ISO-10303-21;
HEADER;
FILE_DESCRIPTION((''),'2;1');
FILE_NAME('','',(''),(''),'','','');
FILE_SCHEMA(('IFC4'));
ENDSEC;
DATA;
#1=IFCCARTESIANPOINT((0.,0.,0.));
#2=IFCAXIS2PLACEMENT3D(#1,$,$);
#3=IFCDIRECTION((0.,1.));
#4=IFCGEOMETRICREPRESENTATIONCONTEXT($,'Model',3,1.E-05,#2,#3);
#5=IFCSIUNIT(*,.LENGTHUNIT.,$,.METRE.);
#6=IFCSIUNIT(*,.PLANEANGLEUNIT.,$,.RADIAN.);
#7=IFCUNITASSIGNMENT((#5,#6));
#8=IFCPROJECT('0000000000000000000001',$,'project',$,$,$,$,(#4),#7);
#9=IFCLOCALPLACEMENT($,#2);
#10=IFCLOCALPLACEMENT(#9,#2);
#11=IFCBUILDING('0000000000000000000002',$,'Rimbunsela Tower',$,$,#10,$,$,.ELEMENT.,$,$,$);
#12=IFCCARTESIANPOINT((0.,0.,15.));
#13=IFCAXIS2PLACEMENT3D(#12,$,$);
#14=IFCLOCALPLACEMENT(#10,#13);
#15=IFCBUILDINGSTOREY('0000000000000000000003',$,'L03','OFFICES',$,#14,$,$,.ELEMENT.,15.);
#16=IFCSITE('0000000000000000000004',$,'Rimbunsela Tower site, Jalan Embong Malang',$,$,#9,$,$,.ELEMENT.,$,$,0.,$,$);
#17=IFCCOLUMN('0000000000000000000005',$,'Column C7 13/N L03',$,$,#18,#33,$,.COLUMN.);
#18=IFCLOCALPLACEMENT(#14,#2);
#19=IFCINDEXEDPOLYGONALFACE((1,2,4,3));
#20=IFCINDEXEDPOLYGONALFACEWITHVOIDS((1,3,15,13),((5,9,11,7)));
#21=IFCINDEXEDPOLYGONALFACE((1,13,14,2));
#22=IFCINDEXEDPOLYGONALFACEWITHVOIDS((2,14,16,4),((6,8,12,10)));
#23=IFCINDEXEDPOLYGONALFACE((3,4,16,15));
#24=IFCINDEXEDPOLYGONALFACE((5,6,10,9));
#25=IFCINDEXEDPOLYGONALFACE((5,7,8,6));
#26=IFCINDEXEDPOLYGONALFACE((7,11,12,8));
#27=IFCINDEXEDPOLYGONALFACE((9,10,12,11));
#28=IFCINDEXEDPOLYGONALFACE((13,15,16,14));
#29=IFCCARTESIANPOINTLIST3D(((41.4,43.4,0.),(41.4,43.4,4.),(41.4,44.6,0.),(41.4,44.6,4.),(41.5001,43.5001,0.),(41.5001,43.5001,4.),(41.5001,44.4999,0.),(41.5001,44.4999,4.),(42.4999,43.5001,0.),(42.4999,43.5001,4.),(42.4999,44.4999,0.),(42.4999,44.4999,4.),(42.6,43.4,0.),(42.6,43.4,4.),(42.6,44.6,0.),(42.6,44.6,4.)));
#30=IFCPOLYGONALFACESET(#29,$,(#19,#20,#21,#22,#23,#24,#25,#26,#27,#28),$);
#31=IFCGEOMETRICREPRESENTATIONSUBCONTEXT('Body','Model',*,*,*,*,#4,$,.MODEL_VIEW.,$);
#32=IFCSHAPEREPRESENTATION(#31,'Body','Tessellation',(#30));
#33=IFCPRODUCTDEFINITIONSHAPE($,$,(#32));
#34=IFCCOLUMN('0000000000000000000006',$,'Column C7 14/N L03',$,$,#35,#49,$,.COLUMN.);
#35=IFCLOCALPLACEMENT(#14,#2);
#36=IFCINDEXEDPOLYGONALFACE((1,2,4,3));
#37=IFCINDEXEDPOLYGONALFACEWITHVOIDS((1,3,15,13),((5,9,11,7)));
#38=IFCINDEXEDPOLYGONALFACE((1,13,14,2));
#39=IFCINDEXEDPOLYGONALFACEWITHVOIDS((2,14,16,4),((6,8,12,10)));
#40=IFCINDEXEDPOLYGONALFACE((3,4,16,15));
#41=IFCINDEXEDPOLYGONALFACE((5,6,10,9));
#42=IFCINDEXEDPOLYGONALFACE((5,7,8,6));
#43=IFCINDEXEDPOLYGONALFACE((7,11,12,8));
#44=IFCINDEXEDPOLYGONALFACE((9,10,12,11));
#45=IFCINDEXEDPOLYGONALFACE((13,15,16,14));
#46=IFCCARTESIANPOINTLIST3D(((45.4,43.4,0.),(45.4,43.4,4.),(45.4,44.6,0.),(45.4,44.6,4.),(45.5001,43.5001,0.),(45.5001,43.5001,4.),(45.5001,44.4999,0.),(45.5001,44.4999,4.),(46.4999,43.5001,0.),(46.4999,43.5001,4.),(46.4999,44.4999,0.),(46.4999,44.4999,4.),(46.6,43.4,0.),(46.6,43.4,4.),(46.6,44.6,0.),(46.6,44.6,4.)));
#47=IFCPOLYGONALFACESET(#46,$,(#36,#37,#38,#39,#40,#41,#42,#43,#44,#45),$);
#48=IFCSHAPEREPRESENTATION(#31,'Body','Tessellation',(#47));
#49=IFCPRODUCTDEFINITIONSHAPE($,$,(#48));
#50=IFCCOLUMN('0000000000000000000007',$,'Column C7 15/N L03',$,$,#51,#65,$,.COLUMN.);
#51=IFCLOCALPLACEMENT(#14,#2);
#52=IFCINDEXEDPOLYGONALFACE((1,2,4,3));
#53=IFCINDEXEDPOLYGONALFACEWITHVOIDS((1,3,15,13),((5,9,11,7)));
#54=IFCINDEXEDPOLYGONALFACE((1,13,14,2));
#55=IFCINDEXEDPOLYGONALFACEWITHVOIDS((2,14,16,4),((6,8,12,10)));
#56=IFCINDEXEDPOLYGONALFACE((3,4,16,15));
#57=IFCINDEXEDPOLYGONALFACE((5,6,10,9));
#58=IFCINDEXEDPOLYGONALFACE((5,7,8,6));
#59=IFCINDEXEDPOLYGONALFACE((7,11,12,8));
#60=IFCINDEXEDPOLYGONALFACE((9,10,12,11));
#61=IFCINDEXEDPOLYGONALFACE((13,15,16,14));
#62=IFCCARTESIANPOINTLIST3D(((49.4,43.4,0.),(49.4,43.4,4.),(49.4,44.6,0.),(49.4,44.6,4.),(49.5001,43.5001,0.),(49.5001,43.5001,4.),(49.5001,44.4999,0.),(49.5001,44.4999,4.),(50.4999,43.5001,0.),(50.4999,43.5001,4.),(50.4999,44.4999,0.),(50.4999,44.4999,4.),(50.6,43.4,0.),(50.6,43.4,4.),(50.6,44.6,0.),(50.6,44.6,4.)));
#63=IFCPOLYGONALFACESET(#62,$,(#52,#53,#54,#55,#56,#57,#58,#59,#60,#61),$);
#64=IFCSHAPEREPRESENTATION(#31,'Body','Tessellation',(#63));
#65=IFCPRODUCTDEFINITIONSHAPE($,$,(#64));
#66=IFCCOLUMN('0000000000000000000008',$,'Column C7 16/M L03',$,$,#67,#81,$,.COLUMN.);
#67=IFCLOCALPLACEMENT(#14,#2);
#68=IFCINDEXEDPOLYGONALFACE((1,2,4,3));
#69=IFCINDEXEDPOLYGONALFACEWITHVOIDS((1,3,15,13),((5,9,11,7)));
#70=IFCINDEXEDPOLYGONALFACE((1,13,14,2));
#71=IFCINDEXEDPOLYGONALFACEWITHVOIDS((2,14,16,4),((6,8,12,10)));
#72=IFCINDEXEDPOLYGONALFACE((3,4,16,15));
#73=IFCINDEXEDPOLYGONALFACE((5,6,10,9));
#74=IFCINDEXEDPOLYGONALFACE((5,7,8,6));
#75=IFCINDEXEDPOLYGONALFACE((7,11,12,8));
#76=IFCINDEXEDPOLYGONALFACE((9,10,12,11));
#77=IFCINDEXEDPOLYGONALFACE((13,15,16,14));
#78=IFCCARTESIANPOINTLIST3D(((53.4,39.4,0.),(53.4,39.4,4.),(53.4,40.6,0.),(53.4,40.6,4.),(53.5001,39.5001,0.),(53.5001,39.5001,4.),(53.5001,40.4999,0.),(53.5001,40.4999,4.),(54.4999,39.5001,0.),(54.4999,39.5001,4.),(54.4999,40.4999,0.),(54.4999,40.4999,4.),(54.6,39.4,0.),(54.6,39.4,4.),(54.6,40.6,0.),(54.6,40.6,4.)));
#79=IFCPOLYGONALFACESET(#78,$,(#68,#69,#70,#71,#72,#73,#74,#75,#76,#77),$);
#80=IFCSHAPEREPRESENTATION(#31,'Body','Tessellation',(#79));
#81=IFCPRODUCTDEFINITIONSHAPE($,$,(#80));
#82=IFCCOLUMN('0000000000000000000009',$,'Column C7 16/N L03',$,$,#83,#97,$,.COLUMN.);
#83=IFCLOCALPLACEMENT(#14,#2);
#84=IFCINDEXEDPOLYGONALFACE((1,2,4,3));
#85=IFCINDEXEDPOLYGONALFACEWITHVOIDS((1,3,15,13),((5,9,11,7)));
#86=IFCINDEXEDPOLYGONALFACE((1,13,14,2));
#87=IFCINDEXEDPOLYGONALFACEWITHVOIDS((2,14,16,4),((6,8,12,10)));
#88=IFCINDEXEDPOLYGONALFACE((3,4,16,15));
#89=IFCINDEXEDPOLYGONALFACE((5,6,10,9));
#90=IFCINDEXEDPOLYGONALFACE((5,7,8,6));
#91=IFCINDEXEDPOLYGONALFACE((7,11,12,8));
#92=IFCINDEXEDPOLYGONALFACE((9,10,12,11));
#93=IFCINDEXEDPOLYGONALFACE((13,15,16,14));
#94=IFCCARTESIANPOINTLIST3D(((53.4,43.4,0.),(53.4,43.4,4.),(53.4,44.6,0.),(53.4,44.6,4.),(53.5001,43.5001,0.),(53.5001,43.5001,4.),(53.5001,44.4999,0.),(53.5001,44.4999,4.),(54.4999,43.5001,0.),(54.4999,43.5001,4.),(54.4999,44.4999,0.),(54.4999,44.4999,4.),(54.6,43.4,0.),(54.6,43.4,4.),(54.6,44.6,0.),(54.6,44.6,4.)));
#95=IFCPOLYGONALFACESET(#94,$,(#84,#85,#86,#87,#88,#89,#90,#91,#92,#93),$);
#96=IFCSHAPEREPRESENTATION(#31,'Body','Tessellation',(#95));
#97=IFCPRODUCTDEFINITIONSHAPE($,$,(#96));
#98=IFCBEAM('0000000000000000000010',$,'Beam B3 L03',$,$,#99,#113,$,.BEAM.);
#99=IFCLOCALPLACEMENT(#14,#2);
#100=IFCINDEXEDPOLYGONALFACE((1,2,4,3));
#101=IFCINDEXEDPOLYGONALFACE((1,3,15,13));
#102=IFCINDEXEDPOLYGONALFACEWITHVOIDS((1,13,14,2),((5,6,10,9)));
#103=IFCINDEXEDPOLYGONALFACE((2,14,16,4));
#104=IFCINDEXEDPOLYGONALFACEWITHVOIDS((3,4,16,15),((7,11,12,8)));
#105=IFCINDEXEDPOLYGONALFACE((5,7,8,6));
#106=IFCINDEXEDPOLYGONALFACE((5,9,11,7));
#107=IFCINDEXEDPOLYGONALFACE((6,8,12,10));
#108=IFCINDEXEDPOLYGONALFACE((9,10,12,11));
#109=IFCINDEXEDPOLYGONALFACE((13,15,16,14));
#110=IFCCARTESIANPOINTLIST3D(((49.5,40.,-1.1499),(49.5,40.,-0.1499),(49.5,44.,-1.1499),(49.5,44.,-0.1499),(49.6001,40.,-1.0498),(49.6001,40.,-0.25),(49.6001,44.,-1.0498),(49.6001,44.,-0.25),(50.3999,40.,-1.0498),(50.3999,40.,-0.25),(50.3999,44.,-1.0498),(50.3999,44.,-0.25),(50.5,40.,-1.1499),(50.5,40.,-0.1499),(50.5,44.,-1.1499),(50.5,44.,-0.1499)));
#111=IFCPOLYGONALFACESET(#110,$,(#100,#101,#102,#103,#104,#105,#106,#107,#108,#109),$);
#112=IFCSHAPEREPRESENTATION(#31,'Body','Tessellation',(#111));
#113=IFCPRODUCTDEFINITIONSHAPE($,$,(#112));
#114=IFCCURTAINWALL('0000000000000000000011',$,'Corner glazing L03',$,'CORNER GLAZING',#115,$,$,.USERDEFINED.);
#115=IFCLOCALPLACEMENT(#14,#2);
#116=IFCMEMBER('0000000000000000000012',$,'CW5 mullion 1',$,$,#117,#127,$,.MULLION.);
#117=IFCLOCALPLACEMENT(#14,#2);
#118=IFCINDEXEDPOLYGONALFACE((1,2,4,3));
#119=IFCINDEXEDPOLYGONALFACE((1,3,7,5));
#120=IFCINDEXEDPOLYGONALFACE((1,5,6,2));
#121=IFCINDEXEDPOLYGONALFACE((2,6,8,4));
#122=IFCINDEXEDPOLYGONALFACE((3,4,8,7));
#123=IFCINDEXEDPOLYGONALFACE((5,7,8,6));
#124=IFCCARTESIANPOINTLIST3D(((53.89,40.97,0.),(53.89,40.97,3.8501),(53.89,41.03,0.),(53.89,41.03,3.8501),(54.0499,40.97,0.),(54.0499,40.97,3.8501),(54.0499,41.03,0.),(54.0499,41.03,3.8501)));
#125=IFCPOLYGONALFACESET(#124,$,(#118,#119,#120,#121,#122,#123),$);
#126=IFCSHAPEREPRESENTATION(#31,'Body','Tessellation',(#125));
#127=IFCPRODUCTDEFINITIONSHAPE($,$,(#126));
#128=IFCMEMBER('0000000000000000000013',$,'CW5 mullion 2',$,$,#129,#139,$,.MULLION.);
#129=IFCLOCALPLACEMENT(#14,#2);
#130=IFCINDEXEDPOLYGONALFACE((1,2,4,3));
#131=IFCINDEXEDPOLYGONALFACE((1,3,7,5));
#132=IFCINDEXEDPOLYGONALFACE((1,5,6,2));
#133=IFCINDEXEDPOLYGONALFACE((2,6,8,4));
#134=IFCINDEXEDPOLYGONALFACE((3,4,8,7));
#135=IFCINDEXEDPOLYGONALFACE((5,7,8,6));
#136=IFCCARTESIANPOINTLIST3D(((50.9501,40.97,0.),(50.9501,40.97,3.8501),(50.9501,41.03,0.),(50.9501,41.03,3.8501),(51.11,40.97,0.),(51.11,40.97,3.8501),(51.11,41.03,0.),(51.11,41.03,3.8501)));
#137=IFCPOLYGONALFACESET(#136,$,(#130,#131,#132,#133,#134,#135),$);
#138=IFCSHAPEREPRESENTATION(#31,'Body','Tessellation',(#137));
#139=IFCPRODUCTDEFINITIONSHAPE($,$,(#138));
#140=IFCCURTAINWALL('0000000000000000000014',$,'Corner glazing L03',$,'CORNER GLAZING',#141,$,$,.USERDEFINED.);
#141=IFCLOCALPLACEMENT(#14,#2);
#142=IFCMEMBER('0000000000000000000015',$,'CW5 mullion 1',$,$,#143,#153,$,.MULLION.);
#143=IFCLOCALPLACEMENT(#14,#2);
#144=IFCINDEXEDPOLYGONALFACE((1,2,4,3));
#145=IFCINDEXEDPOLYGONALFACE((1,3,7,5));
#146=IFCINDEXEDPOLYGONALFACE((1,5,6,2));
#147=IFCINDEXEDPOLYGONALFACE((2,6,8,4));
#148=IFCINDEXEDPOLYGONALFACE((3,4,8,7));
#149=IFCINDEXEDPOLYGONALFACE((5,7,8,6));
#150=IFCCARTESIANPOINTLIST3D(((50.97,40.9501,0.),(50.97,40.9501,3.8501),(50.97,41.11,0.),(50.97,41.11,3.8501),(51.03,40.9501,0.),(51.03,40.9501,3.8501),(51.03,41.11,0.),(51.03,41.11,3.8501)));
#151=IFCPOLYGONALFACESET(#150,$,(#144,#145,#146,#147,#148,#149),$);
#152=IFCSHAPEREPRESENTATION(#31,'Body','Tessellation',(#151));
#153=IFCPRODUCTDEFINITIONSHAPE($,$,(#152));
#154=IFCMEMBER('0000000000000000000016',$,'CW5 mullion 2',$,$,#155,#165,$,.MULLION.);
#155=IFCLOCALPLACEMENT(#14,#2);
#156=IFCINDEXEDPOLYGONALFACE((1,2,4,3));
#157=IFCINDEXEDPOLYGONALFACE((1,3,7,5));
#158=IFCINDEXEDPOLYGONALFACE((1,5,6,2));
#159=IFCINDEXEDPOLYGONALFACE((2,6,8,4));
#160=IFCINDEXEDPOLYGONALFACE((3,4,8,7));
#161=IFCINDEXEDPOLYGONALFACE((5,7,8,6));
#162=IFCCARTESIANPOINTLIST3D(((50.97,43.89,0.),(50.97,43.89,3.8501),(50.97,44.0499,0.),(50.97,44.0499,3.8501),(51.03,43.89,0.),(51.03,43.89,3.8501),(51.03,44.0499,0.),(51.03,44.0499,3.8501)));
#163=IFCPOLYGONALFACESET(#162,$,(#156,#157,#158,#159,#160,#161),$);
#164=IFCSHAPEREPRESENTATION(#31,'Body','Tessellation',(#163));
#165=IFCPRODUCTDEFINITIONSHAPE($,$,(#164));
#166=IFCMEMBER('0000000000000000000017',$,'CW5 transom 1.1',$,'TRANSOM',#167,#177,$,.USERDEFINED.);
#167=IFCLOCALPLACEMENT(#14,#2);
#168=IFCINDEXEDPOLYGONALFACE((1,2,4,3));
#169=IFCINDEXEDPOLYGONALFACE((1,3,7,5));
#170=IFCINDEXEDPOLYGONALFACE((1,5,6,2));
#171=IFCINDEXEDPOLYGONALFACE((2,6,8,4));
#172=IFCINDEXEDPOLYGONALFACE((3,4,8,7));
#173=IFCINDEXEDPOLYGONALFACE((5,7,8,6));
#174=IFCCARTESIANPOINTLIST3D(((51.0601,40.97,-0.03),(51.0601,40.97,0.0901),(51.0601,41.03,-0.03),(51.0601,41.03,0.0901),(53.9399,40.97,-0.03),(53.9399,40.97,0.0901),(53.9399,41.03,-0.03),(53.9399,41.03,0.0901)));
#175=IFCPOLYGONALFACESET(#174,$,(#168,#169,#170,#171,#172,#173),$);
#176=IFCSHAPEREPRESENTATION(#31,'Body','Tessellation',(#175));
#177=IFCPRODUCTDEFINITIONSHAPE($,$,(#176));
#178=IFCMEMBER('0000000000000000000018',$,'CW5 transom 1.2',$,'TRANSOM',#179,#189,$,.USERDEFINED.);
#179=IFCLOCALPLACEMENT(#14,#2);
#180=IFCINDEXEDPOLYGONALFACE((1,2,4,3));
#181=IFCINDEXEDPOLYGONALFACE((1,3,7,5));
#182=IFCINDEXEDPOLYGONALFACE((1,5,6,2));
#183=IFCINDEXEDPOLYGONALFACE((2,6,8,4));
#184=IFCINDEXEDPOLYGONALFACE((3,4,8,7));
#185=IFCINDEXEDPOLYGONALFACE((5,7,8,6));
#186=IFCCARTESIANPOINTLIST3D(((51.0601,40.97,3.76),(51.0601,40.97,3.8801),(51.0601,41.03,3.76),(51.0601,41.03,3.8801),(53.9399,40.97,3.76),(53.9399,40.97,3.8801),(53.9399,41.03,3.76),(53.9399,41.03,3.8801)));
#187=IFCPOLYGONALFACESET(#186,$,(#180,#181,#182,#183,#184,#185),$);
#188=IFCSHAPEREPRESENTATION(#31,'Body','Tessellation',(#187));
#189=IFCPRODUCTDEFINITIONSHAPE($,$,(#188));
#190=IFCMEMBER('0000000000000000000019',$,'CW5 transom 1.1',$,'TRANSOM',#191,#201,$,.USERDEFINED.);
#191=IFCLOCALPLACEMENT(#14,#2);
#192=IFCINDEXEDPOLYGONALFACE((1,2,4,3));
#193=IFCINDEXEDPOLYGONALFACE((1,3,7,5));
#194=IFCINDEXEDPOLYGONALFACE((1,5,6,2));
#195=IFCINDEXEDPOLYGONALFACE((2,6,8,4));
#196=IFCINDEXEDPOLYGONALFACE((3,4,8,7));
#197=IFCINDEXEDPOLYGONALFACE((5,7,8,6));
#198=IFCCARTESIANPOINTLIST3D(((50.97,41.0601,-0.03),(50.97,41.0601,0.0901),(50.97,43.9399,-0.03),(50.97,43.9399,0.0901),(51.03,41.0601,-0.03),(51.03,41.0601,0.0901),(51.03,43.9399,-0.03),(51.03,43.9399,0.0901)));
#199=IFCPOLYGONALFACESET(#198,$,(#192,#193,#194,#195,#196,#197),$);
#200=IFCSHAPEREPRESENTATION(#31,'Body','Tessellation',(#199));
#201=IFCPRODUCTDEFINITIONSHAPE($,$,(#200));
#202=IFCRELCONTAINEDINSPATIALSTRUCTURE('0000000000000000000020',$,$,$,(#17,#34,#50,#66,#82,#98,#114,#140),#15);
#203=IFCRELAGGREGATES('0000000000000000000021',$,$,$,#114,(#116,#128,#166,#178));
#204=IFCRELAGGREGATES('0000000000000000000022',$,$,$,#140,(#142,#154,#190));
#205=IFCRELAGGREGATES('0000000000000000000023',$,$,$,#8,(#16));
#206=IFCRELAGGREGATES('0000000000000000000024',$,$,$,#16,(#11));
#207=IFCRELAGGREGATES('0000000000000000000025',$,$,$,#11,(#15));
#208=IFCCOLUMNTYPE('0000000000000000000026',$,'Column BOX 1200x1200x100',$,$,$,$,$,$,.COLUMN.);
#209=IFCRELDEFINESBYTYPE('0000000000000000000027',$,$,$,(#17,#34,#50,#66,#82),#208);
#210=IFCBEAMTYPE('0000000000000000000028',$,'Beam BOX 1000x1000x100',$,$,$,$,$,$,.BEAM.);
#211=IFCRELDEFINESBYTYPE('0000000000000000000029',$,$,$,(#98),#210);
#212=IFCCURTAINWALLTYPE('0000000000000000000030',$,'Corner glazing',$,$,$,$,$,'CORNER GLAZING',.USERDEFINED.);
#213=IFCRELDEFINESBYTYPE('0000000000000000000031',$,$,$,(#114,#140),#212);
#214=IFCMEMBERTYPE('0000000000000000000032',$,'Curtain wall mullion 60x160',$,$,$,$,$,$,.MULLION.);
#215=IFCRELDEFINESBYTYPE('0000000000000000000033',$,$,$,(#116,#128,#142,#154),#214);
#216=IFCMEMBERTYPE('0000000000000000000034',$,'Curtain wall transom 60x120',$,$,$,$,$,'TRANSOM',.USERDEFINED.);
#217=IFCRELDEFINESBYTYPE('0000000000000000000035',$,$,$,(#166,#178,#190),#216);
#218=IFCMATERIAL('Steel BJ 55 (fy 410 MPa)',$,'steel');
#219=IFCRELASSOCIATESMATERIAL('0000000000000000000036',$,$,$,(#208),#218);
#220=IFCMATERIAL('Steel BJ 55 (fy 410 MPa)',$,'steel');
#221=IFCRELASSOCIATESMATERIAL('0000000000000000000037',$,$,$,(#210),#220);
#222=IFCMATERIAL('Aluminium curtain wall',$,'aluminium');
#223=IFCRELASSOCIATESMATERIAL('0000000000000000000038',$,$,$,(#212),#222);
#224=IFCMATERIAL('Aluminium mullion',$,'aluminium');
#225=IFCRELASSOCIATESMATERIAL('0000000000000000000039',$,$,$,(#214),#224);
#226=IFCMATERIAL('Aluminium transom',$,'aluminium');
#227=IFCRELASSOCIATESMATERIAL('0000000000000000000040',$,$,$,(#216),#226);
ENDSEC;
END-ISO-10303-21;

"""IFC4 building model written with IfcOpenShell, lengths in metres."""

from ifc_helpers import new_model, si_unit, direction, frame, origin, origin_2d, place, context, subcontext, project, spatial, rectangle, hollow_rectangle, extrude, material, material_profile, profile_set, type_object, element, aggregate, save


model = new_model("IFC4")

# Units and contexts
model_context = context("Model", 3, precision=1e-05, world=origin(), true_north=direction((0.0, 1.0)))
body_context = subcontext(model_context, "Body", "Model", "MODEL_VIEW")
ifc_project = project(units=[si_unit("LENGTHUNIT", "METRE"), si_unit("PLANEANGLEUNIT", "RADIAN")], contexts=[model_context])

# Site, building, storey
site_placement = place(None, origin())
site = spatial("IfcSite", under=ifc_project, at=site_placement, Name="Rimbunsela Tower site, Jalan Embong Malang", CompositionType="ELEMENT", RefElevation=0.0)
building_placement = place(site_placement, origin())
building = spatial("IfcBuilding", under=site, at=building_placement, Name="Rimbunsela Tower", CompositionType="ELEMENT")
storey_placement = place(building_placement, frame((0.0, 0.0, 15.0)))
storey = spatial("IfcBuildingStorey", under=building, at=storey_placement, Name="L03", Description="OFFICES", CompositionType="ELEMENT", Elevation=15.0)

# Columns
ifc_material_1 = material(Name="Steel BJ 55 (fy 410 MPa)", Category="steel")
ifc_material_profile_1 = material_profile(ifc_material_1, hollow_rectangle(XDim=1.2, YDim=1.2, WallThickness=0.1001, at=origin_2d()), Name="BOX 1200x1200x100")
ifc_profile_set_1 = profile_set([ifc_material_profile_1], Name="Steel BJ 55 (fy 410 MPa)")
column_type = type_object("IfcColumnType", Name="Column BOX 1200x1200x100", PredefinedType="COLUMN", material=ifc_profile_set_1)
for number, where, z_axis, x_axis, name in (
    (1, (42.0, 44.0, 0.0), (0.0, 0.0, 1.0), (1.0, 0.0, 0.0), "Column C7 13/N L03"),
    (2, (46.0, 44.0, 0.0), (0.0, 0.0, 1.0), (1.0, 0.0, 0.0), "Column C7 14/N L03"),
    (3, (50.0, 44.0, 0.0), (0.0, 0.0, 1.0), (1.0, 0.0, 0.0), "Column C7 15/N L03"),
    (4, (54.0, 40.0, 0.0), (0.0, 0.0, 1.0), (1.0, 0.0, 0.0), "Column C7 16/M L03"),
    (5, (54.0, 44.0, 0.0), (0.0, 0.0, 1.0), (1.0, 0.0, 0.0), "Column C7 16/N L03"),
):
    element("IfcColumn", number, at=place(storey_placement, frame(where, z_axis=z_axis, x_axis=x_axis)), inside=storey, type_object=column_type, Name=name, PredefinedType="COLUMN", context=body_context, shape_type="SweptSolid", body=[
        extrude(hollow_rectangle(XDim=1.2, YDim=1.2, WallThickness=0.1001, at=origin_2d()), origin(), (0.0, 0.0, 1.0), 4.0),
    ])

# Beam
ifc_material_2 = material(Name="Steel BJ 55 (fy 410 MPa)", Category="steel")
ifc_material_profile_2 = material_profile(ifc_material_2, hollow_rectangle(XDim=1.0, YDim=1.0, WallThickness=0.1001, at=origin_2d()), Name="BOX 1000x1000x100")
ifc_profile_set_2 = profile_set([ifc_material_profile_2], Name="Steel BJ 55 (fy 410 MPa)")
beam_type = type_object("IfcBeamType", Name="Beam BOX 1000x1000x100", PredefinedType="BEAM", material=ifc_profile_set_2)
beam_placement = place(storey_placement, frame((50.0, 40.0, -0.6499), z_axis=(0.0, 1.0, 0.0), x_axis=(-1.0, 0.0, 0.0)))
element("IfcBeam", 6, at=beam_placement, inside=storey, type_object=beam_type, Name="Beam B3 L03", PredefinedType="BEAM", context=body_context, shape_type="SweptSolid", body=[
    extrude(hollow_rectangle(XDim=1.0, YDim=1.0, WallThickness=0.1001, at=origin_2d()), origin(), (0.0, 0.0, 1.0), 4.0),
])

# Curtain walls, members
ifc_material_3 = material(Name="Aluminium curtain wall", Category="aluminium")
curtain_wall_type = type_object("IfcCurtainWallType", Name="Corner glazing", ElementType="CORNER GLAZING", PredefinedType="USERDEFINED", material=ifc_material_3)
curtain_wall_1_placement = place(storey_placement, origin())
curtain_wall_1 = element("IfcCurtainWall", 7, at=curtain_wall_1_placement, inside=storey, type_object=curtain_wall_type, Name="Corner glazing L03", ObjectType="CORNER GLAZING", PredefinedType="USERDEFINED")
ifc_material_4 = material(Name="Aluminium mullion", Category="aluminium")
ifc_material_profile_3 = material_profile(ifc_material_4, rectangle(XDim=0.0601, YDim=0.1599, at=origin_2d()), Name="Mullion 60x160")
ifc_profile_set_3 = profile_set([ifc_material_profile_3], Name="Aluminium mullion")
member_type_1 = type_object("IfcMemberType", Name="Curtain wall mullion 60x160", PredefinedType="MULLION", material=ifc_profile_set_3)
member_1_placement = place(storey_placement, frame((53.97, 41.0, 0.0), z_axis=(0.0, 0.0, 1.0), x_axis=(0.0, -1.0, 0.0)))
member_1 = element("IfcMember", 8, at=member_1_placement, type_object=member_type_1, Name="CW5 mullion 1", PredefinedType="MULLION", context=body_context, shape_type="SweptSolid", body=[
    extrude(rectangle(XDim=0.0601, YDim=0.1599, at=origin_2d()), origin(), (0.0, 0.0, 1.0), 3.8501),
])
member_2_placement = place(storey_placement, frame((51.03, 41.0, 0.0), z_axis=(0.0, 0.0, 1.0), x_axis=(0.0, -1.0, 0.0)))
member_2 = element("IfcMember", 9, at=member_2_placement, type_object=member_type_1, Name="CW5 mullion 2", PredefinedType="MULLION", context=body_context, shape_type="SweptSolid", body=[
    extrude(rectangle(XDim=0.0601, YDim=0.1599, at=origin_2d()), origin(), (0.0, 0.0, 1.0), 3.8501),
])
curtain_wall_2_placement = place(storey_placement, origin())
curtain_wall_2 = element("IfcCurtainWall", 10, at=curtain_wall_2_placement, inside=storey, type_object=curtain_wall_type, Name="Corner glazing L03", ObjectType="CORNER GLAZING", PredefinedType="USERDEFINED")
member_3_placement = place(storey_placement, frame((51.0, 41.03, 0.0), z_axis=(0.0, 0.0, 1.0), x_axis=(-1.0, 0.0, 0.0)))
member_3 = element("IfcMember", 11, at=member_3_placement, type_object=member_type_1, Name="CW5 mullion 1", PredefinedType="MULLION", context=body_context, shape_type="SweptSolid", body=[
    extrude(rectangle(XDim=0.0601, YDim=0.1599, at=origin_2d()), origin(), (0.0, 0.0, 1.0), 3.8501),
])
member_4_placement = place(storey_placement, frame((51.0, 43.97, 0.0), z_axis=(0.0, 0.0, 1.0), x_axis=(-1.0, 0.0, 0.0)))
member_4 = element("IfcMember", 12, at=member_4_placement, type_object=member_type_1, Name="CW5 mullion 2", PredefinedType="MULLION", context=body_context, shape_type="SweptSolid", body=[
    extrude(rectangle(XDim=0.0601, YDim=0.1599, at=origin_2d()), origin(), (0.0, 0.0, 1.0), 3.8501),
])

# Members
ifc_material_5 = material(Name="Aluminium transom", Category="aluminium")
ifc_material_profile_4 = material_profile(ifc_material_5, rectangle(XDim=0.0601, YDim=0.1201, at=origin_2d()), Name="Transom 60x120")
ifc_profile_set_4 = profile_set([ifc_material_profile_4], Name="Aluminium transom")
member_type_2 = type_object("IfcMemberType", Name="Curtain wall transom 60x120", ElementType="TRANSOM", PredefinedType="USERDEFINED", material=ifc_profile_set_4)
member_5_placement = place(storey_placement, frame((53.9399, 41.0, 0.03), z_axis=(-1.0, 0.0, 0.0), x_axis=(0.0, -1.0, 0.0)))
member_5 = element("IfcMember", 13, at=member_5_placement, type_object=member_type_2, Name="CW5 transom 1.1", ObjectType="TRANSOM", PredefinedType="USERDEFINED", context=body_context, shape_type="SweptSolid", body=[
    extrude(rectangle(XDim=0.0601, YDim=0.1201, at=origin_2d()), origin(), (0.0, 0.0, 1.0), 2.8799),
])
member_6_placement = place(storey_placement, frame((53.9399, 41.0, 3.8201), z_axis=(-1.0, 0.0, 0.0), x_axis=(0.0, -1.0, 0.0)))
member_6 = element("IfcMember", 14, at=member_6_placement, type_object=member_type_2, Name="CW5 transom 1.2", ObjectType="TRANSOM", PredefinedType="USERDEFINED", context=body_context, shape_type="SweptSolid", body=[
    extrude(rectangle(XDim=0.0601, YDim=0.1201, at=origin_2d()), origin(), (0.0, 0.0, 1.0), 2.8799),
])
member_7_placement = place(storey_placement, frame((51.0, 41.0601, 0.03), z_axis=(0.0, 1.0, 0.0), x_axis=(-1.0, 0.0, 0.0)))
member_7 = element("IfcMember", 15, at=member_7_placement, type_object=member_type_2, Name="CW5 transom 1.1", ObjectType="TRANSOM", PredefinedType="USERDEFINED", context=body_context, shape_type="SweptSolid", body=[
    extrude(rectangle(XDim=0.0601, YDim=0.1201, at=origin_2d()), origin(), (0.0, 0.0, 1.0), 2.8799),
])

aggregate(curtain_wall_1, [member_1, member_2, member_5, member_6])
aggregate(curtain_wall_2, [member_3, member_4, member_7])

save(model, "model.ifc")
